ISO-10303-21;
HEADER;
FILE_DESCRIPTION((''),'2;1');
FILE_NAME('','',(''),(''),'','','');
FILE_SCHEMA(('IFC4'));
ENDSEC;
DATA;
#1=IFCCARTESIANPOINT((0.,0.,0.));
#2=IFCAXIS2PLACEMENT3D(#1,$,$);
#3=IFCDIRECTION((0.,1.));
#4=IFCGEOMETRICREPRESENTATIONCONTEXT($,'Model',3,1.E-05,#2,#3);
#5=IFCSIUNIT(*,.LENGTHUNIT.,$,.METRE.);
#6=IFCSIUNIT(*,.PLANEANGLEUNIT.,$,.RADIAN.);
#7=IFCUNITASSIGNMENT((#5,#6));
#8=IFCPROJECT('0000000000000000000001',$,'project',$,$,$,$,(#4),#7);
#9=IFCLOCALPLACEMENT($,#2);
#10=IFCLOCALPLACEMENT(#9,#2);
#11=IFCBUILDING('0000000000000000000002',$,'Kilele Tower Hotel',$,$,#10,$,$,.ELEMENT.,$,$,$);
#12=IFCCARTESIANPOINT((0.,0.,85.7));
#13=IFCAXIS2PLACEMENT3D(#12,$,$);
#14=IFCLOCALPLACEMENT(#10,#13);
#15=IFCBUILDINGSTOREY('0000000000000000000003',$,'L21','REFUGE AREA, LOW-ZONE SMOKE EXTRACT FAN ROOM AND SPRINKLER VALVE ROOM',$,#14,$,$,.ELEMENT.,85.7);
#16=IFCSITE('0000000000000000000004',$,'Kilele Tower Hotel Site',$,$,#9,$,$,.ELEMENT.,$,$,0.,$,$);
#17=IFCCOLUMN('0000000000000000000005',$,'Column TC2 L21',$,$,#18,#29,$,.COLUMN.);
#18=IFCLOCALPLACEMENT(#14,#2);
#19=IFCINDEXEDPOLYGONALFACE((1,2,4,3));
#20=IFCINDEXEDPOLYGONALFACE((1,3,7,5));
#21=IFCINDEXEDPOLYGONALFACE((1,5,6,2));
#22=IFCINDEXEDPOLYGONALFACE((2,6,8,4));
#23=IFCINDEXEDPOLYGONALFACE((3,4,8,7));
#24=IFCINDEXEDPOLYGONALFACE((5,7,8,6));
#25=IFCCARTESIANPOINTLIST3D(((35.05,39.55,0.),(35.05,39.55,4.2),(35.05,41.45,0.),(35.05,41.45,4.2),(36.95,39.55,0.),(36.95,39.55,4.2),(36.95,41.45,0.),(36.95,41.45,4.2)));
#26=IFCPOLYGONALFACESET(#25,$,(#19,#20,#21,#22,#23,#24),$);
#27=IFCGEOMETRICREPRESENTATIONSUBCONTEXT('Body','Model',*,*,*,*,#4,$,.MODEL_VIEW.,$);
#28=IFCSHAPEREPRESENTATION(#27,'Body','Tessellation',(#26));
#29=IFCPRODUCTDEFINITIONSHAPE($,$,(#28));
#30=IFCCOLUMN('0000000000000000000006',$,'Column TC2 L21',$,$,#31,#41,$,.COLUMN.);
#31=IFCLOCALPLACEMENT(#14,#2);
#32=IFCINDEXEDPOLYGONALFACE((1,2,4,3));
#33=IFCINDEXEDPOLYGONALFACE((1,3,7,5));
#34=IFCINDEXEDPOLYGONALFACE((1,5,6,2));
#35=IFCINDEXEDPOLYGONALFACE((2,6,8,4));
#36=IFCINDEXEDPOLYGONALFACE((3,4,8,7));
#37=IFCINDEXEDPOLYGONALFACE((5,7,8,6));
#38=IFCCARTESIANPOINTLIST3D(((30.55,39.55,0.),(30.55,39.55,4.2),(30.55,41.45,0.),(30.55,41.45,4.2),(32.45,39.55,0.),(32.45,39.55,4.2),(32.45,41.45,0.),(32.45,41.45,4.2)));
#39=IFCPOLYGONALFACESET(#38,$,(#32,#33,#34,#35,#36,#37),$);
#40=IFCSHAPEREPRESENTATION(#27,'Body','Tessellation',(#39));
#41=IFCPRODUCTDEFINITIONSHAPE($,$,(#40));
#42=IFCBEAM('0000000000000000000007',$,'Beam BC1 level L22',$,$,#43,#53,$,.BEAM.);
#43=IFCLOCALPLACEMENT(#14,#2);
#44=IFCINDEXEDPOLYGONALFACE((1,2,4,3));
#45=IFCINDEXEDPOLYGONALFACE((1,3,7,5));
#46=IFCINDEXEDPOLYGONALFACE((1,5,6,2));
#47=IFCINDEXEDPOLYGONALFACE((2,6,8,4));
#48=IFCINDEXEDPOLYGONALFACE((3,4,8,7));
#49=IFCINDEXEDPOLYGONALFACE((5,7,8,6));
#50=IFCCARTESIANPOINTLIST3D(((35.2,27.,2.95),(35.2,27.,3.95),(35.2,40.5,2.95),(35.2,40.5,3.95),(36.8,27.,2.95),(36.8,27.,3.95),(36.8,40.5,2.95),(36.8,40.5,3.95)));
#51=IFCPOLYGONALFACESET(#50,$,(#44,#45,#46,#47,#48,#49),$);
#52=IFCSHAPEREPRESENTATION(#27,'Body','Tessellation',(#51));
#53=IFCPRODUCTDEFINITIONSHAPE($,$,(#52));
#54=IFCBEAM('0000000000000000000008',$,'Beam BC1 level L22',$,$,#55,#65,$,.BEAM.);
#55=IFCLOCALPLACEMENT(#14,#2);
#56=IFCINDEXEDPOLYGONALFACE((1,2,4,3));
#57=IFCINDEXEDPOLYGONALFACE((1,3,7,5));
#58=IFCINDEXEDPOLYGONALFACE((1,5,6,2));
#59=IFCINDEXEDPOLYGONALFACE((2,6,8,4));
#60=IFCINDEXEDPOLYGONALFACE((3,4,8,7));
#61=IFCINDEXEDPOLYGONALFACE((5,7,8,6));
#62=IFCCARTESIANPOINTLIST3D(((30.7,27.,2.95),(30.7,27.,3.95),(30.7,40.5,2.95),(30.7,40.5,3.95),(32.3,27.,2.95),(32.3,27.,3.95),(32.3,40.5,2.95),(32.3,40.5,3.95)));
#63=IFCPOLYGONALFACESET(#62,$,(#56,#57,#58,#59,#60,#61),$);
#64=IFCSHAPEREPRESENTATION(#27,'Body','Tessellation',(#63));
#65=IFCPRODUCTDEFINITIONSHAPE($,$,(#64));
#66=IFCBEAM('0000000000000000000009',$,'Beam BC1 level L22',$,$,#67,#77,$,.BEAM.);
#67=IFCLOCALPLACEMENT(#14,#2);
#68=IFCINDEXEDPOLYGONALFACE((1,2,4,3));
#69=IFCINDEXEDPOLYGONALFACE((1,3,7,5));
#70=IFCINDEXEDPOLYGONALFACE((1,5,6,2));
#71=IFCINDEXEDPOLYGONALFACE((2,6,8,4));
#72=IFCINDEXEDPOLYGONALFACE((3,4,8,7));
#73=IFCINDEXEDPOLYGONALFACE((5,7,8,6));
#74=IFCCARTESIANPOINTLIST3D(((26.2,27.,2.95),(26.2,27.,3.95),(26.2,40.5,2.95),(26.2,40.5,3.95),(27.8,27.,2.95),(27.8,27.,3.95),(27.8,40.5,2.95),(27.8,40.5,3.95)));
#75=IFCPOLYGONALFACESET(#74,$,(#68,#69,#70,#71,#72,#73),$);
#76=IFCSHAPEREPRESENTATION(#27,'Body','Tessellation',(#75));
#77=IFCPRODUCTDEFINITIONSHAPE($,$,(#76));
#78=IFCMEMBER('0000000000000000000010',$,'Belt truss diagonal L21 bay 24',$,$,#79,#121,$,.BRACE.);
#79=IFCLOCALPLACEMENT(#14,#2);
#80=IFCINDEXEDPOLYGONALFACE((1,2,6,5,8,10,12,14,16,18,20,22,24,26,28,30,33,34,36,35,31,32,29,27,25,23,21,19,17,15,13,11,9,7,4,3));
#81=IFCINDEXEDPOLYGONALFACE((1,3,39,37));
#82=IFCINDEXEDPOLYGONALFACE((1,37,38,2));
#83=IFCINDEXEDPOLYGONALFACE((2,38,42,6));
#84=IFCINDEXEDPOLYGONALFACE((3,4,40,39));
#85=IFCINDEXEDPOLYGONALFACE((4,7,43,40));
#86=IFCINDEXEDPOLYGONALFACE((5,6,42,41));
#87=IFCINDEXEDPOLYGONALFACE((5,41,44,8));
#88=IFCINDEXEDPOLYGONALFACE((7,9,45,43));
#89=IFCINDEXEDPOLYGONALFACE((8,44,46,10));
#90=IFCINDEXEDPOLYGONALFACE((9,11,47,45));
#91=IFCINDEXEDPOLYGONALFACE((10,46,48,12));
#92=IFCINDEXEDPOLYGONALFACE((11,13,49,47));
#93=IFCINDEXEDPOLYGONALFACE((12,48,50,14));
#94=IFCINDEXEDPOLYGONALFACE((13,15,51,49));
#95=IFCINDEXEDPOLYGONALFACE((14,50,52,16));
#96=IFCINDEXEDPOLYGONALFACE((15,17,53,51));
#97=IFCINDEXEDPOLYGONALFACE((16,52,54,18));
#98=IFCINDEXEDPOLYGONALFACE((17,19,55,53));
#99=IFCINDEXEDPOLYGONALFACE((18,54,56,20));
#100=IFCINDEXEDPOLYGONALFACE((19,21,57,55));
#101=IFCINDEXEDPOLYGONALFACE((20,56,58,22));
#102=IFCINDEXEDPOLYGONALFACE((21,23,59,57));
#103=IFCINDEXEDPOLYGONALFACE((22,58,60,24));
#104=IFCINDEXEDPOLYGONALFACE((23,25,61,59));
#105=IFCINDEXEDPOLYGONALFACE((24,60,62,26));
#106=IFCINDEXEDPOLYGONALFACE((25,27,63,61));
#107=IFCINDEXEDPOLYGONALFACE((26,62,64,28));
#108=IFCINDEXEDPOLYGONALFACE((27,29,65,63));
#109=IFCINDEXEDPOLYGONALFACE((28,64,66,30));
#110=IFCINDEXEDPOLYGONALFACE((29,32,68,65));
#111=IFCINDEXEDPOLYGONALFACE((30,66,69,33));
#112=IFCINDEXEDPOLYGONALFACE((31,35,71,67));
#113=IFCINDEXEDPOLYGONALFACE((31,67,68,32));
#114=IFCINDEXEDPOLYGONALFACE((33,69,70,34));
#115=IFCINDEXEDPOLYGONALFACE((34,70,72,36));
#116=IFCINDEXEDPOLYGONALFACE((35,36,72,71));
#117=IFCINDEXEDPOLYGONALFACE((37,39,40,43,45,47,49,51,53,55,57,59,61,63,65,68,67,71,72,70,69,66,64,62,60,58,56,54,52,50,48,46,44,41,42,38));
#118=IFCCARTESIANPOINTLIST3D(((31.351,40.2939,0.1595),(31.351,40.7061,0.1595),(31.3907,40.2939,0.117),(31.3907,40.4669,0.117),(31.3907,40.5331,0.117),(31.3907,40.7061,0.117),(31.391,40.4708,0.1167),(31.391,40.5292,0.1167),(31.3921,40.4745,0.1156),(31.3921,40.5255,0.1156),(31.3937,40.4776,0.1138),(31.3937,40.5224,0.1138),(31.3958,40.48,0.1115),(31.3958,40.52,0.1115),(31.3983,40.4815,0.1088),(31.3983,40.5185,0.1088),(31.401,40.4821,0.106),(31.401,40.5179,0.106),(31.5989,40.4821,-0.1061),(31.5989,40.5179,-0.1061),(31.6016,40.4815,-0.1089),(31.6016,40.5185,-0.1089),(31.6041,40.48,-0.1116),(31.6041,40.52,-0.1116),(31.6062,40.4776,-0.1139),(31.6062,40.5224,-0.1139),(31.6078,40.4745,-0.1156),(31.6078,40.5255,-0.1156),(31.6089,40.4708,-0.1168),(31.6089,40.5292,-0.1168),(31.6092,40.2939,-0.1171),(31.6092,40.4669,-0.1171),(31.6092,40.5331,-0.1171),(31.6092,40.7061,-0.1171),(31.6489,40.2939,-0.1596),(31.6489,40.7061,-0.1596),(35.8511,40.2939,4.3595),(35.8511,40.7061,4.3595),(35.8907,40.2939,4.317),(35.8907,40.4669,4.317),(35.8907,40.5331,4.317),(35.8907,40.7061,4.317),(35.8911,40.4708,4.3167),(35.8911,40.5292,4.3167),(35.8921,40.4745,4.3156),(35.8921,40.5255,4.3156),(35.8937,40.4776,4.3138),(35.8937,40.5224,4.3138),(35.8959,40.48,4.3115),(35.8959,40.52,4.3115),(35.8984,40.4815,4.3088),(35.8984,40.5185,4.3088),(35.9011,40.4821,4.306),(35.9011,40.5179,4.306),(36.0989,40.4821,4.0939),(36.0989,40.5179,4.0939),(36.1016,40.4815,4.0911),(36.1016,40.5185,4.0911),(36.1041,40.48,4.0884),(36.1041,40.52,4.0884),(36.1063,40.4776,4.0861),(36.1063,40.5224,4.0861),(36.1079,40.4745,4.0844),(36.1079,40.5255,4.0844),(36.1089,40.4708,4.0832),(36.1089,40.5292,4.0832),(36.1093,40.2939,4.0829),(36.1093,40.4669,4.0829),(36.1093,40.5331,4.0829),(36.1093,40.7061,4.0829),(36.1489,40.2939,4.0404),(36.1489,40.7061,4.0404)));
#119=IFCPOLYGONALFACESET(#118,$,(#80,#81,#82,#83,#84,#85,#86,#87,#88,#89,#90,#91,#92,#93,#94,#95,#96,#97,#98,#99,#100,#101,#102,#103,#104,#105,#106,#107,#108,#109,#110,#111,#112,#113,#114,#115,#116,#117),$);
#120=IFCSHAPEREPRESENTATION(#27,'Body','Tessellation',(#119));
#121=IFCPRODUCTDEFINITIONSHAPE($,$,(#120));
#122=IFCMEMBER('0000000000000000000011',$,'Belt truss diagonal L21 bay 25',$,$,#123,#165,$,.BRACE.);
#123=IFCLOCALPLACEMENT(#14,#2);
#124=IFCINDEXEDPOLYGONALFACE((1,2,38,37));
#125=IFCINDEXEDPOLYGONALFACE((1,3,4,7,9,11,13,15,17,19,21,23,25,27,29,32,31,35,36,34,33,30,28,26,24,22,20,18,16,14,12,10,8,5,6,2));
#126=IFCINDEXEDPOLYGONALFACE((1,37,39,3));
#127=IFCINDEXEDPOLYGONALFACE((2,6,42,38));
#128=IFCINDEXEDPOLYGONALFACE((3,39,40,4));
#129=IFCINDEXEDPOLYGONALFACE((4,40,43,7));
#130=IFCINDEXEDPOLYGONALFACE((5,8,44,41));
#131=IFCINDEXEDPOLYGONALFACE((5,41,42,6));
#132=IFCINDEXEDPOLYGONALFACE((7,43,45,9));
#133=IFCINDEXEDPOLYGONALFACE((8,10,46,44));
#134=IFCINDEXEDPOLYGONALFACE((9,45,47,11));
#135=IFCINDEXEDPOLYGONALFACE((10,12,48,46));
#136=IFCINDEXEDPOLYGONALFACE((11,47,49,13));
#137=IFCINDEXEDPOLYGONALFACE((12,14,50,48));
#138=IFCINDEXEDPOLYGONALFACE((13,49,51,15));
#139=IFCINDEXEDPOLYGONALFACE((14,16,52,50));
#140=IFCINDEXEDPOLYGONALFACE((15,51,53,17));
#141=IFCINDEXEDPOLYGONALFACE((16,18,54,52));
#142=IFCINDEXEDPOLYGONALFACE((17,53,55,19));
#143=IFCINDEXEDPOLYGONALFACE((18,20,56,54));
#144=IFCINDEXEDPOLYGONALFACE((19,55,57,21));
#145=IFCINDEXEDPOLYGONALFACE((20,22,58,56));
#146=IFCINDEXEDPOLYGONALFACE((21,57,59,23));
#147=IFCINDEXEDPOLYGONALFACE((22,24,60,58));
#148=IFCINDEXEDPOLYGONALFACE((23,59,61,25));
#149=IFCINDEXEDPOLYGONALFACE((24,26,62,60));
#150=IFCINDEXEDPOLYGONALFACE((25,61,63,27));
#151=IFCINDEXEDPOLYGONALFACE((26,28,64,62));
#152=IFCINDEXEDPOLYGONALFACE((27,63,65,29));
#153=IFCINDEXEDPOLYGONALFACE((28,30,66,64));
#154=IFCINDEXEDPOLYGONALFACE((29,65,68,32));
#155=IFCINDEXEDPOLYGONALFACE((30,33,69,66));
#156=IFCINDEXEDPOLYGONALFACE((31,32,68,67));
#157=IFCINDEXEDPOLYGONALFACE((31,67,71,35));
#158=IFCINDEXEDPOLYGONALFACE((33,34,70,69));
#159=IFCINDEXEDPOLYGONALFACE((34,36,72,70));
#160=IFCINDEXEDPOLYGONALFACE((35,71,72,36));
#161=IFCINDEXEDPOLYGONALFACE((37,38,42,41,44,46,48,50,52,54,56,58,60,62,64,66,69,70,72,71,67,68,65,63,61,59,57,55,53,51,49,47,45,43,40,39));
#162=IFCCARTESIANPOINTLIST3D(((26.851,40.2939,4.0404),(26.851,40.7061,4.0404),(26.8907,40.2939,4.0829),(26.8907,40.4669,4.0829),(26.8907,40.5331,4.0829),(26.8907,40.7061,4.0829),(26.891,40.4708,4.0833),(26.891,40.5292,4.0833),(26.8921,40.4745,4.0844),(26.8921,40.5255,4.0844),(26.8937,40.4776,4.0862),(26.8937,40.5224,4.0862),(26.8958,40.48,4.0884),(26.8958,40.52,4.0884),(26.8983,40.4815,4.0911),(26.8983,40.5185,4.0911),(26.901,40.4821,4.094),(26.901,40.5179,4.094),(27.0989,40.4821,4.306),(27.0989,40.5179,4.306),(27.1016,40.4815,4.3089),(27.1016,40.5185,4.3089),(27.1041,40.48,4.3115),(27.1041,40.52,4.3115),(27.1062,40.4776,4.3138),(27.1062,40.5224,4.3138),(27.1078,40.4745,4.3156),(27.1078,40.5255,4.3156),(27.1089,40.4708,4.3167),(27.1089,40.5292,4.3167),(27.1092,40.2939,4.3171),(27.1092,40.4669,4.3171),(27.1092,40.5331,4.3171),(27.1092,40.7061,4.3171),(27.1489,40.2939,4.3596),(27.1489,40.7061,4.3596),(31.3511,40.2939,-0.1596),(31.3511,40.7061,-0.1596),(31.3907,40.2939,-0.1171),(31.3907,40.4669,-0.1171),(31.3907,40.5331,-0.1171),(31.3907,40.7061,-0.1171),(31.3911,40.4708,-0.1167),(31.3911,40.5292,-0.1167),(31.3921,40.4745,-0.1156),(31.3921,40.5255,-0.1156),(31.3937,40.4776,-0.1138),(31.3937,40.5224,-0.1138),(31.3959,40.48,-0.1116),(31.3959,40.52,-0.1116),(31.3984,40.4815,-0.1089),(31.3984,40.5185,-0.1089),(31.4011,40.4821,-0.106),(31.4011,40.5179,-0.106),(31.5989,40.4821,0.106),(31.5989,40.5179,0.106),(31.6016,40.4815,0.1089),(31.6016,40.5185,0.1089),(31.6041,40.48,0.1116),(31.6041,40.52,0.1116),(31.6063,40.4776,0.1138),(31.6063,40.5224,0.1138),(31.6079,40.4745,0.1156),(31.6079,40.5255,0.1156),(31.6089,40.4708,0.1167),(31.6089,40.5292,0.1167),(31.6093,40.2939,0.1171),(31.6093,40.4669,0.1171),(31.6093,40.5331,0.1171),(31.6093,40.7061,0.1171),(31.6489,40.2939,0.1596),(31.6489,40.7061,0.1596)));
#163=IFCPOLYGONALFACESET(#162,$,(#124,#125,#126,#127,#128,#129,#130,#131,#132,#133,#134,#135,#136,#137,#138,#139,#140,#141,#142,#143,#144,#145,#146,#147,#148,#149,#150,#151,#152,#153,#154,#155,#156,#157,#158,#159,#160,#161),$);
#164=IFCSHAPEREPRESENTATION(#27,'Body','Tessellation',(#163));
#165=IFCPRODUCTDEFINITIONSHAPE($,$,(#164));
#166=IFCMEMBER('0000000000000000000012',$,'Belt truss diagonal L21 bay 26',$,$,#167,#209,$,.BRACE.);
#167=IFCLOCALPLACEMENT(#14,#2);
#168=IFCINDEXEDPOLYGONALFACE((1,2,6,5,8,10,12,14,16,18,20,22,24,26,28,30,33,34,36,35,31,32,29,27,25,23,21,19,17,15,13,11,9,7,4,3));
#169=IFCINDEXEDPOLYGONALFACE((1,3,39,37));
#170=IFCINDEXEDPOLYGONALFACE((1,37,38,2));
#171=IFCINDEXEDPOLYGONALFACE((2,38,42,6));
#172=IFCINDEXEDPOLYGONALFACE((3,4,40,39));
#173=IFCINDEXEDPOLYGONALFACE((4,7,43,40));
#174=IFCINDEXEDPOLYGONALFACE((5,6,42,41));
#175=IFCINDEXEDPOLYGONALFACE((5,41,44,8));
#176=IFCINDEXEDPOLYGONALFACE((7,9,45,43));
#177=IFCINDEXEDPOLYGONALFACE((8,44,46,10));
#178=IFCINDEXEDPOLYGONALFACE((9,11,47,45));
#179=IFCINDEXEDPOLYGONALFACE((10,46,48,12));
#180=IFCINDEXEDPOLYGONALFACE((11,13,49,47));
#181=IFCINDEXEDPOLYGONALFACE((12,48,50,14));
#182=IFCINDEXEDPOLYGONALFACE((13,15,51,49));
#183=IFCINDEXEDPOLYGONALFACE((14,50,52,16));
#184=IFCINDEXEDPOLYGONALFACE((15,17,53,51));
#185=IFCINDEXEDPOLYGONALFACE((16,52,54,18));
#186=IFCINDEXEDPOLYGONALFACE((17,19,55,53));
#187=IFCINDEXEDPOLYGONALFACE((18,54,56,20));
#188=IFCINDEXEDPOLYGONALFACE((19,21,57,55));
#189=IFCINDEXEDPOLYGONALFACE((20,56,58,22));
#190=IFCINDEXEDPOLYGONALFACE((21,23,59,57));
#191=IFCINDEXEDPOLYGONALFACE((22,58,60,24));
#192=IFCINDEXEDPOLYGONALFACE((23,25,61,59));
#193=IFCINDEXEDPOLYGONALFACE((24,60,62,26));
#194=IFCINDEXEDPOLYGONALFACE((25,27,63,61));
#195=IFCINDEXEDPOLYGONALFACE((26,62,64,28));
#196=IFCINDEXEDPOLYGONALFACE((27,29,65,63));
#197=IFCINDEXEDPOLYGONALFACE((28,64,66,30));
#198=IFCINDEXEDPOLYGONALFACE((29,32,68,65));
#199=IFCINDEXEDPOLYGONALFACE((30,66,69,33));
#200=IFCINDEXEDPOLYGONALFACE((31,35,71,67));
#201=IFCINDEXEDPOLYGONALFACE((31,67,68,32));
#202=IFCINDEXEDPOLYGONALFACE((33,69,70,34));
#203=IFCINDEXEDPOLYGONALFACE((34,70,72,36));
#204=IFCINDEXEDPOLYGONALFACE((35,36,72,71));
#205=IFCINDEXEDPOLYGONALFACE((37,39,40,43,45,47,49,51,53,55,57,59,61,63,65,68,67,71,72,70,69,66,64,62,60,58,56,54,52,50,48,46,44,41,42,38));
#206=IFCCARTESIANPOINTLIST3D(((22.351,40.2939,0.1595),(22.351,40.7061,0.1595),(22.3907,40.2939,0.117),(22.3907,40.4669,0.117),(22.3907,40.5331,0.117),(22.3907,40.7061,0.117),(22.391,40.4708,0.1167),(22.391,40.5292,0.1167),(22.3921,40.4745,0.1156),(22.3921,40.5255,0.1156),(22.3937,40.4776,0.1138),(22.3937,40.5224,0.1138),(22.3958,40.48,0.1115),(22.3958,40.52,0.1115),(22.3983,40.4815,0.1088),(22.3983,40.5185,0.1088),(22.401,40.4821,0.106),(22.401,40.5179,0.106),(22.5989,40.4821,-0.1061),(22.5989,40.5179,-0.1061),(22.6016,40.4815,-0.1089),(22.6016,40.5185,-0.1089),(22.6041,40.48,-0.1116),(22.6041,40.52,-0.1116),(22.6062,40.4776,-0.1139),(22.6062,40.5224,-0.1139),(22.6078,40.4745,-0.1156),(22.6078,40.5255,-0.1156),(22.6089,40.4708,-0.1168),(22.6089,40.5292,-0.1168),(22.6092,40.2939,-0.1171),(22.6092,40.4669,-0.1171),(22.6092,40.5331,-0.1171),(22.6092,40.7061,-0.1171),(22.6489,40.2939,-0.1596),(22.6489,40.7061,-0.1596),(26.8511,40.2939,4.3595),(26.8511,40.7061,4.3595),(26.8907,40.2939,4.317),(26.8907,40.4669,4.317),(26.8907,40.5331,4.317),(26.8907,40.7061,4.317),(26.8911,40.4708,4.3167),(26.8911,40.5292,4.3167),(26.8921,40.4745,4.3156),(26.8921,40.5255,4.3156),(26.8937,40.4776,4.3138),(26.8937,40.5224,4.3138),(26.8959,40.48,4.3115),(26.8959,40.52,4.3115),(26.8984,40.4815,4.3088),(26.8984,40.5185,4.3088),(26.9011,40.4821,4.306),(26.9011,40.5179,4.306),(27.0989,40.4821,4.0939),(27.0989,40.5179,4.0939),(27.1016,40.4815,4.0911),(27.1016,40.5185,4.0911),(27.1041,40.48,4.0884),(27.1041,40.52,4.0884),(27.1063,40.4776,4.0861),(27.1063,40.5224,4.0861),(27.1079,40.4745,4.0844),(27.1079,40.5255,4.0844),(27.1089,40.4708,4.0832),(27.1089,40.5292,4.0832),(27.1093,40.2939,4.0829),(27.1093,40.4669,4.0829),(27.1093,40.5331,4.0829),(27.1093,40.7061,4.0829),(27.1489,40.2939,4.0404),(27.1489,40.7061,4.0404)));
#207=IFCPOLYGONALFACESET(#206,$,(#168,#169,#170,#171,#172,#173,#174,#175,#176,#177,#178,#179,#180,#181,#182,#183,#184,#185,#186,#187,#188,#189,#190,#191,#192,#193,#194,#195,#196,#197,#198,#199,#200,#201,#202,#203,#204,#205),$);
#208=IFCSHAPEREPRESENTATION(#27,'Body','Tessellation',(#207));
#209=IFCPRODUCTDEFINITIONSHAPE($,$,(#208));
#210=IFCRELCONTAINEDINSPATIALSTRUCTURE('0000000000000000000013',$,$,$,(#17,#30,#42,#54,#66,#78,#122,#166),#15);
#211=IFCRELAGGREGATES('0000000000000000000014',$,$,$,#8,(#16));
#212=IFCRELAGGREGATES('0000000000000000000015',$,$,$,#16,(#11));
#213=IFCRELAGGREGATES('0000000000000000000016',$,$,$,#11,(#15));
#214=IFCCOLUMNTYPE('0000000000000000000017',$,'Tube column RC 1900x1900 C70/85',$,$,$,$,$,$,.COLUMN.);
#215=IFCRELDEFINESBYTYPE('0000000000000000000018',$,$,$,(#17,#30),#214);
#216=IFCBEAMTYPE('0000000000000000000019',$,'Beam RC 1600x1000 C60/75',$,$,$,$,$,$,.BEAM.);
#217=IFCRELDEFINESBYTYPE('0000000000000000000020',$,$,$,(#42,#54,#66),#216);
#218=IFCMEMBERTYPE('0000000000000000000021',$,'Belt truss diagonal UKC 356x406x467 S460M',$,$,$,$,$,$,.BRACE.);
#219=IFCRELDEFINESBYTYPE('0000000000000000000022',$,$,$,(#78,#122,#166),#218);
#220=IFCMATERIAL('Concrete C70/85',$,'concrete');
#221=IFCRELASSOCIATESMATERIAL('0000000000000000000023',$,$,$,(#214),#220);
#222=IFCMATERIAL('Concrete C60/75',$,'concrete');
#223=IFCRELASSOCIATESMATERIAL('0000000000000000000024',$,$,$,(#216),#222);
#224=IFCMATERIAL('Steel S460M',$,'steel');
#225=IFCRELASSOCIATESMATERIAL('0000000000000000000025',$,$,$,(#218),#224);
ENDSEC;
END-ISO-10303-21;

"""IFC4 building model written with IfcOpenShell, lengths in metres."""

from ifc_helpers import new_model, si_unit, direction, frame, origin, origin_2d, place, context, subcontext, project, spatial, rectangle, i_section, extrude, material, material_profile, profile_set, type_object, element, save


model = new_model("IFC4")

# Units and contexts
model_context = context("Model", 3, precision=1e-05, world=origin(), true_north=direction((0.0, 1.0)))
body_context = subcontext(model_context, "Body", "Model", "MODEL_VIEW")
ifc_project = project(units=[si_unit("LENGTHUNIT", "METRE"), si_unit("PLANEANGLEUNIT", "RADIAN")], contexts=[model_context])

# Site, building, storey
site_placement = place(None, origin())
site = spatial("IfcSite", under=ifc_project, at=site_placement, Name="Kilele Tower Hotel Site", CompositionType="ELEMENT", RefElevation=0.0)
building_placement = place(site_placement, origin())
building = spatial("IfcBuilding", under=site, at=building_placement, Name="Kilele Tower Hotel", CompositionType="ELEMENT")
storey_placement = place(building_placement, frame((0.0, 0.0, 85.7)))
storey = spatial("IfcBuildingStorey", under=building, at=storey_placement, Name="L21", Description="REFUGE AREA, LOW-ZONE SMOKE EXTRACT FAN ROOM AND SPRINKLER VALVE ROOM", CompositionType="ELEMENT", Elevation=85.7)

# Columns
ifc_material_1 = material(Name="Concrete C70/85", Category="concrete")
ifc_material_profile_1 = material_profile(ifc_material_1, rectangle(XDim=1.8999, YDim=1.8999, at=origin_2d()))
ifc_profile_set_1 = profile_set([ifc_material_profile_1], Name="Concrete C70/85")
column_type = type_object("IfcColumnType", Name="Tube column RC 1900x1900 C70/85", PredefinedType="COLUMN", material=ifc_profile_set_1)
for number, where, z_axis, x_axis, name in (
    (1, (36.0, 40.5, 0.0), (0.0, 0.0, 1.0), (1.0, 0.0, 0.0), "Column TC2 L21"),
    (2, (31.5, 40.5, 0.0), (0.0, 0.0, 1.0), (1.0, 0.0, 0.0), "Column TC2 L21"),
):
    element("IfcColumn", number, at=place(storey_placement, frame(where, z_axis=z_axis, x_axis=x_axis)), inside=storey, type_object=column_type, Name=name, PredefinedType="COLUMN", context=body_context, shape_type="SweptSolid", body=[
        extrude(rectangle(XDim=1.8999, YDim=1.8999, at=origin_2d()), origin(), (0.0, 0.0, 1.0), 4.2),
    ])

# Beams
ifc_material_2 = material(Name="Concrete C60/75", Category="concrete")
ifc_material_profile_2 = material_profile(ifc_material_2, rectangle(XDim=1.6001, YDim=1.0, at=origin_2d()))
ifc_profile_set_2 = profile_set([ifc_material_profile_2], Name="Concrete C60/75")
beam_type_1 = type_object("IfcBeamType", Name="Beam RC 1600x1000 C60/75", PredefinedType="BEAM", material=ifc_profile_set_2)
for number, where, z_axis, x_axis, name in (
    (3, (36.0, 40.5, 3.45), (0.0, -1.0, 0.0), (1.0, 0.0, 0.0), "Beam BC1 level L22"),
    (4, (31.5, 40.5, 3.45), (0.0, -1.0, 0.0), (1.0, 0.0, 0.0), "Beam BC1 level L22"),
    (5, (27.0, 40.5, 3.45), (0.0, -1.0, 0.0), (1.0, 0.0, 0.0), "Beam BC1 level L22"),
):
    element("IfcBeam", number, at=place(storey_placement, frame(where, z_axis=z_axis, x_axis=x_axis)), inside=storey, type_object=beam_type_1, Name=name, PredefinedType="BEAM", context=body_context, shape_type="SweptSolid", body=[
        extrude(rectangle(XDim=1.6001, YDim=1.0, at=origin_2d()), origin(), (0.0, 0.0, 1.0), 13.5),
    ])

# Members
ifc_material_3 = material(Name="Steel S460M", Category="steel")
ifc_material_profile_3 = material_profile(ifc_material_3, i_section(OverallWidth=0.4121, OverallDepth=0.4365, WebThickness=0.0359, FlangeThickness=0.0581, FilletRadius=0.0151, at=origin_2d()))
ifc_profile_set_3 = profile_set([ifc_material_profile_3], Name="Steel S460M")
member_type = type_object("IfcMemberType", Name="Belt truss diagonal UKC 356x406x467 S460M", PredefinedType="BRACE", material=ifc_profile_set_3)
for number, where, z_axis, x_axis, name in (
    (6, (36.0, 40.5, 4.2), (-0.731059, 0.0, -0.682314), (0.0, -1.0, 0.0), "Belt truss diagonal L21 bay 24"),
    (7, (31.5, 40.5, 0.0), (-0.731059, 0.0, 0.682314), (0.0, -1.0, 0.0), "Belt truss diagonal L21 bay 25"),
    (8, (27.0, 40.5, 4.2), (-0.731059, 0.0, -0.682314), (0.0, -1.0, 0.0), "Belt truss diagonal L21 bay 26"),
):
    element("IfcMember", number, at=place(storey_placement, frame(where, z_axis=z_axis, x_axis=x_axis)), inside=storey, type_object=member_type, Name=name, PredefinedType="BRACE", context=body_context, shape_type="SweptSolid", body=[
        extrude(i_section(OverallWidth=0.4121, OverallDepth=0.4365, WebThickness=0.0359, FlangeThickness=0.0581, FilletRadius=0.0151, at=origin_2d()), origin(), (0.0, 0.0, 1.0), 6.1555),
    ])

save(model, "model.ifc")
